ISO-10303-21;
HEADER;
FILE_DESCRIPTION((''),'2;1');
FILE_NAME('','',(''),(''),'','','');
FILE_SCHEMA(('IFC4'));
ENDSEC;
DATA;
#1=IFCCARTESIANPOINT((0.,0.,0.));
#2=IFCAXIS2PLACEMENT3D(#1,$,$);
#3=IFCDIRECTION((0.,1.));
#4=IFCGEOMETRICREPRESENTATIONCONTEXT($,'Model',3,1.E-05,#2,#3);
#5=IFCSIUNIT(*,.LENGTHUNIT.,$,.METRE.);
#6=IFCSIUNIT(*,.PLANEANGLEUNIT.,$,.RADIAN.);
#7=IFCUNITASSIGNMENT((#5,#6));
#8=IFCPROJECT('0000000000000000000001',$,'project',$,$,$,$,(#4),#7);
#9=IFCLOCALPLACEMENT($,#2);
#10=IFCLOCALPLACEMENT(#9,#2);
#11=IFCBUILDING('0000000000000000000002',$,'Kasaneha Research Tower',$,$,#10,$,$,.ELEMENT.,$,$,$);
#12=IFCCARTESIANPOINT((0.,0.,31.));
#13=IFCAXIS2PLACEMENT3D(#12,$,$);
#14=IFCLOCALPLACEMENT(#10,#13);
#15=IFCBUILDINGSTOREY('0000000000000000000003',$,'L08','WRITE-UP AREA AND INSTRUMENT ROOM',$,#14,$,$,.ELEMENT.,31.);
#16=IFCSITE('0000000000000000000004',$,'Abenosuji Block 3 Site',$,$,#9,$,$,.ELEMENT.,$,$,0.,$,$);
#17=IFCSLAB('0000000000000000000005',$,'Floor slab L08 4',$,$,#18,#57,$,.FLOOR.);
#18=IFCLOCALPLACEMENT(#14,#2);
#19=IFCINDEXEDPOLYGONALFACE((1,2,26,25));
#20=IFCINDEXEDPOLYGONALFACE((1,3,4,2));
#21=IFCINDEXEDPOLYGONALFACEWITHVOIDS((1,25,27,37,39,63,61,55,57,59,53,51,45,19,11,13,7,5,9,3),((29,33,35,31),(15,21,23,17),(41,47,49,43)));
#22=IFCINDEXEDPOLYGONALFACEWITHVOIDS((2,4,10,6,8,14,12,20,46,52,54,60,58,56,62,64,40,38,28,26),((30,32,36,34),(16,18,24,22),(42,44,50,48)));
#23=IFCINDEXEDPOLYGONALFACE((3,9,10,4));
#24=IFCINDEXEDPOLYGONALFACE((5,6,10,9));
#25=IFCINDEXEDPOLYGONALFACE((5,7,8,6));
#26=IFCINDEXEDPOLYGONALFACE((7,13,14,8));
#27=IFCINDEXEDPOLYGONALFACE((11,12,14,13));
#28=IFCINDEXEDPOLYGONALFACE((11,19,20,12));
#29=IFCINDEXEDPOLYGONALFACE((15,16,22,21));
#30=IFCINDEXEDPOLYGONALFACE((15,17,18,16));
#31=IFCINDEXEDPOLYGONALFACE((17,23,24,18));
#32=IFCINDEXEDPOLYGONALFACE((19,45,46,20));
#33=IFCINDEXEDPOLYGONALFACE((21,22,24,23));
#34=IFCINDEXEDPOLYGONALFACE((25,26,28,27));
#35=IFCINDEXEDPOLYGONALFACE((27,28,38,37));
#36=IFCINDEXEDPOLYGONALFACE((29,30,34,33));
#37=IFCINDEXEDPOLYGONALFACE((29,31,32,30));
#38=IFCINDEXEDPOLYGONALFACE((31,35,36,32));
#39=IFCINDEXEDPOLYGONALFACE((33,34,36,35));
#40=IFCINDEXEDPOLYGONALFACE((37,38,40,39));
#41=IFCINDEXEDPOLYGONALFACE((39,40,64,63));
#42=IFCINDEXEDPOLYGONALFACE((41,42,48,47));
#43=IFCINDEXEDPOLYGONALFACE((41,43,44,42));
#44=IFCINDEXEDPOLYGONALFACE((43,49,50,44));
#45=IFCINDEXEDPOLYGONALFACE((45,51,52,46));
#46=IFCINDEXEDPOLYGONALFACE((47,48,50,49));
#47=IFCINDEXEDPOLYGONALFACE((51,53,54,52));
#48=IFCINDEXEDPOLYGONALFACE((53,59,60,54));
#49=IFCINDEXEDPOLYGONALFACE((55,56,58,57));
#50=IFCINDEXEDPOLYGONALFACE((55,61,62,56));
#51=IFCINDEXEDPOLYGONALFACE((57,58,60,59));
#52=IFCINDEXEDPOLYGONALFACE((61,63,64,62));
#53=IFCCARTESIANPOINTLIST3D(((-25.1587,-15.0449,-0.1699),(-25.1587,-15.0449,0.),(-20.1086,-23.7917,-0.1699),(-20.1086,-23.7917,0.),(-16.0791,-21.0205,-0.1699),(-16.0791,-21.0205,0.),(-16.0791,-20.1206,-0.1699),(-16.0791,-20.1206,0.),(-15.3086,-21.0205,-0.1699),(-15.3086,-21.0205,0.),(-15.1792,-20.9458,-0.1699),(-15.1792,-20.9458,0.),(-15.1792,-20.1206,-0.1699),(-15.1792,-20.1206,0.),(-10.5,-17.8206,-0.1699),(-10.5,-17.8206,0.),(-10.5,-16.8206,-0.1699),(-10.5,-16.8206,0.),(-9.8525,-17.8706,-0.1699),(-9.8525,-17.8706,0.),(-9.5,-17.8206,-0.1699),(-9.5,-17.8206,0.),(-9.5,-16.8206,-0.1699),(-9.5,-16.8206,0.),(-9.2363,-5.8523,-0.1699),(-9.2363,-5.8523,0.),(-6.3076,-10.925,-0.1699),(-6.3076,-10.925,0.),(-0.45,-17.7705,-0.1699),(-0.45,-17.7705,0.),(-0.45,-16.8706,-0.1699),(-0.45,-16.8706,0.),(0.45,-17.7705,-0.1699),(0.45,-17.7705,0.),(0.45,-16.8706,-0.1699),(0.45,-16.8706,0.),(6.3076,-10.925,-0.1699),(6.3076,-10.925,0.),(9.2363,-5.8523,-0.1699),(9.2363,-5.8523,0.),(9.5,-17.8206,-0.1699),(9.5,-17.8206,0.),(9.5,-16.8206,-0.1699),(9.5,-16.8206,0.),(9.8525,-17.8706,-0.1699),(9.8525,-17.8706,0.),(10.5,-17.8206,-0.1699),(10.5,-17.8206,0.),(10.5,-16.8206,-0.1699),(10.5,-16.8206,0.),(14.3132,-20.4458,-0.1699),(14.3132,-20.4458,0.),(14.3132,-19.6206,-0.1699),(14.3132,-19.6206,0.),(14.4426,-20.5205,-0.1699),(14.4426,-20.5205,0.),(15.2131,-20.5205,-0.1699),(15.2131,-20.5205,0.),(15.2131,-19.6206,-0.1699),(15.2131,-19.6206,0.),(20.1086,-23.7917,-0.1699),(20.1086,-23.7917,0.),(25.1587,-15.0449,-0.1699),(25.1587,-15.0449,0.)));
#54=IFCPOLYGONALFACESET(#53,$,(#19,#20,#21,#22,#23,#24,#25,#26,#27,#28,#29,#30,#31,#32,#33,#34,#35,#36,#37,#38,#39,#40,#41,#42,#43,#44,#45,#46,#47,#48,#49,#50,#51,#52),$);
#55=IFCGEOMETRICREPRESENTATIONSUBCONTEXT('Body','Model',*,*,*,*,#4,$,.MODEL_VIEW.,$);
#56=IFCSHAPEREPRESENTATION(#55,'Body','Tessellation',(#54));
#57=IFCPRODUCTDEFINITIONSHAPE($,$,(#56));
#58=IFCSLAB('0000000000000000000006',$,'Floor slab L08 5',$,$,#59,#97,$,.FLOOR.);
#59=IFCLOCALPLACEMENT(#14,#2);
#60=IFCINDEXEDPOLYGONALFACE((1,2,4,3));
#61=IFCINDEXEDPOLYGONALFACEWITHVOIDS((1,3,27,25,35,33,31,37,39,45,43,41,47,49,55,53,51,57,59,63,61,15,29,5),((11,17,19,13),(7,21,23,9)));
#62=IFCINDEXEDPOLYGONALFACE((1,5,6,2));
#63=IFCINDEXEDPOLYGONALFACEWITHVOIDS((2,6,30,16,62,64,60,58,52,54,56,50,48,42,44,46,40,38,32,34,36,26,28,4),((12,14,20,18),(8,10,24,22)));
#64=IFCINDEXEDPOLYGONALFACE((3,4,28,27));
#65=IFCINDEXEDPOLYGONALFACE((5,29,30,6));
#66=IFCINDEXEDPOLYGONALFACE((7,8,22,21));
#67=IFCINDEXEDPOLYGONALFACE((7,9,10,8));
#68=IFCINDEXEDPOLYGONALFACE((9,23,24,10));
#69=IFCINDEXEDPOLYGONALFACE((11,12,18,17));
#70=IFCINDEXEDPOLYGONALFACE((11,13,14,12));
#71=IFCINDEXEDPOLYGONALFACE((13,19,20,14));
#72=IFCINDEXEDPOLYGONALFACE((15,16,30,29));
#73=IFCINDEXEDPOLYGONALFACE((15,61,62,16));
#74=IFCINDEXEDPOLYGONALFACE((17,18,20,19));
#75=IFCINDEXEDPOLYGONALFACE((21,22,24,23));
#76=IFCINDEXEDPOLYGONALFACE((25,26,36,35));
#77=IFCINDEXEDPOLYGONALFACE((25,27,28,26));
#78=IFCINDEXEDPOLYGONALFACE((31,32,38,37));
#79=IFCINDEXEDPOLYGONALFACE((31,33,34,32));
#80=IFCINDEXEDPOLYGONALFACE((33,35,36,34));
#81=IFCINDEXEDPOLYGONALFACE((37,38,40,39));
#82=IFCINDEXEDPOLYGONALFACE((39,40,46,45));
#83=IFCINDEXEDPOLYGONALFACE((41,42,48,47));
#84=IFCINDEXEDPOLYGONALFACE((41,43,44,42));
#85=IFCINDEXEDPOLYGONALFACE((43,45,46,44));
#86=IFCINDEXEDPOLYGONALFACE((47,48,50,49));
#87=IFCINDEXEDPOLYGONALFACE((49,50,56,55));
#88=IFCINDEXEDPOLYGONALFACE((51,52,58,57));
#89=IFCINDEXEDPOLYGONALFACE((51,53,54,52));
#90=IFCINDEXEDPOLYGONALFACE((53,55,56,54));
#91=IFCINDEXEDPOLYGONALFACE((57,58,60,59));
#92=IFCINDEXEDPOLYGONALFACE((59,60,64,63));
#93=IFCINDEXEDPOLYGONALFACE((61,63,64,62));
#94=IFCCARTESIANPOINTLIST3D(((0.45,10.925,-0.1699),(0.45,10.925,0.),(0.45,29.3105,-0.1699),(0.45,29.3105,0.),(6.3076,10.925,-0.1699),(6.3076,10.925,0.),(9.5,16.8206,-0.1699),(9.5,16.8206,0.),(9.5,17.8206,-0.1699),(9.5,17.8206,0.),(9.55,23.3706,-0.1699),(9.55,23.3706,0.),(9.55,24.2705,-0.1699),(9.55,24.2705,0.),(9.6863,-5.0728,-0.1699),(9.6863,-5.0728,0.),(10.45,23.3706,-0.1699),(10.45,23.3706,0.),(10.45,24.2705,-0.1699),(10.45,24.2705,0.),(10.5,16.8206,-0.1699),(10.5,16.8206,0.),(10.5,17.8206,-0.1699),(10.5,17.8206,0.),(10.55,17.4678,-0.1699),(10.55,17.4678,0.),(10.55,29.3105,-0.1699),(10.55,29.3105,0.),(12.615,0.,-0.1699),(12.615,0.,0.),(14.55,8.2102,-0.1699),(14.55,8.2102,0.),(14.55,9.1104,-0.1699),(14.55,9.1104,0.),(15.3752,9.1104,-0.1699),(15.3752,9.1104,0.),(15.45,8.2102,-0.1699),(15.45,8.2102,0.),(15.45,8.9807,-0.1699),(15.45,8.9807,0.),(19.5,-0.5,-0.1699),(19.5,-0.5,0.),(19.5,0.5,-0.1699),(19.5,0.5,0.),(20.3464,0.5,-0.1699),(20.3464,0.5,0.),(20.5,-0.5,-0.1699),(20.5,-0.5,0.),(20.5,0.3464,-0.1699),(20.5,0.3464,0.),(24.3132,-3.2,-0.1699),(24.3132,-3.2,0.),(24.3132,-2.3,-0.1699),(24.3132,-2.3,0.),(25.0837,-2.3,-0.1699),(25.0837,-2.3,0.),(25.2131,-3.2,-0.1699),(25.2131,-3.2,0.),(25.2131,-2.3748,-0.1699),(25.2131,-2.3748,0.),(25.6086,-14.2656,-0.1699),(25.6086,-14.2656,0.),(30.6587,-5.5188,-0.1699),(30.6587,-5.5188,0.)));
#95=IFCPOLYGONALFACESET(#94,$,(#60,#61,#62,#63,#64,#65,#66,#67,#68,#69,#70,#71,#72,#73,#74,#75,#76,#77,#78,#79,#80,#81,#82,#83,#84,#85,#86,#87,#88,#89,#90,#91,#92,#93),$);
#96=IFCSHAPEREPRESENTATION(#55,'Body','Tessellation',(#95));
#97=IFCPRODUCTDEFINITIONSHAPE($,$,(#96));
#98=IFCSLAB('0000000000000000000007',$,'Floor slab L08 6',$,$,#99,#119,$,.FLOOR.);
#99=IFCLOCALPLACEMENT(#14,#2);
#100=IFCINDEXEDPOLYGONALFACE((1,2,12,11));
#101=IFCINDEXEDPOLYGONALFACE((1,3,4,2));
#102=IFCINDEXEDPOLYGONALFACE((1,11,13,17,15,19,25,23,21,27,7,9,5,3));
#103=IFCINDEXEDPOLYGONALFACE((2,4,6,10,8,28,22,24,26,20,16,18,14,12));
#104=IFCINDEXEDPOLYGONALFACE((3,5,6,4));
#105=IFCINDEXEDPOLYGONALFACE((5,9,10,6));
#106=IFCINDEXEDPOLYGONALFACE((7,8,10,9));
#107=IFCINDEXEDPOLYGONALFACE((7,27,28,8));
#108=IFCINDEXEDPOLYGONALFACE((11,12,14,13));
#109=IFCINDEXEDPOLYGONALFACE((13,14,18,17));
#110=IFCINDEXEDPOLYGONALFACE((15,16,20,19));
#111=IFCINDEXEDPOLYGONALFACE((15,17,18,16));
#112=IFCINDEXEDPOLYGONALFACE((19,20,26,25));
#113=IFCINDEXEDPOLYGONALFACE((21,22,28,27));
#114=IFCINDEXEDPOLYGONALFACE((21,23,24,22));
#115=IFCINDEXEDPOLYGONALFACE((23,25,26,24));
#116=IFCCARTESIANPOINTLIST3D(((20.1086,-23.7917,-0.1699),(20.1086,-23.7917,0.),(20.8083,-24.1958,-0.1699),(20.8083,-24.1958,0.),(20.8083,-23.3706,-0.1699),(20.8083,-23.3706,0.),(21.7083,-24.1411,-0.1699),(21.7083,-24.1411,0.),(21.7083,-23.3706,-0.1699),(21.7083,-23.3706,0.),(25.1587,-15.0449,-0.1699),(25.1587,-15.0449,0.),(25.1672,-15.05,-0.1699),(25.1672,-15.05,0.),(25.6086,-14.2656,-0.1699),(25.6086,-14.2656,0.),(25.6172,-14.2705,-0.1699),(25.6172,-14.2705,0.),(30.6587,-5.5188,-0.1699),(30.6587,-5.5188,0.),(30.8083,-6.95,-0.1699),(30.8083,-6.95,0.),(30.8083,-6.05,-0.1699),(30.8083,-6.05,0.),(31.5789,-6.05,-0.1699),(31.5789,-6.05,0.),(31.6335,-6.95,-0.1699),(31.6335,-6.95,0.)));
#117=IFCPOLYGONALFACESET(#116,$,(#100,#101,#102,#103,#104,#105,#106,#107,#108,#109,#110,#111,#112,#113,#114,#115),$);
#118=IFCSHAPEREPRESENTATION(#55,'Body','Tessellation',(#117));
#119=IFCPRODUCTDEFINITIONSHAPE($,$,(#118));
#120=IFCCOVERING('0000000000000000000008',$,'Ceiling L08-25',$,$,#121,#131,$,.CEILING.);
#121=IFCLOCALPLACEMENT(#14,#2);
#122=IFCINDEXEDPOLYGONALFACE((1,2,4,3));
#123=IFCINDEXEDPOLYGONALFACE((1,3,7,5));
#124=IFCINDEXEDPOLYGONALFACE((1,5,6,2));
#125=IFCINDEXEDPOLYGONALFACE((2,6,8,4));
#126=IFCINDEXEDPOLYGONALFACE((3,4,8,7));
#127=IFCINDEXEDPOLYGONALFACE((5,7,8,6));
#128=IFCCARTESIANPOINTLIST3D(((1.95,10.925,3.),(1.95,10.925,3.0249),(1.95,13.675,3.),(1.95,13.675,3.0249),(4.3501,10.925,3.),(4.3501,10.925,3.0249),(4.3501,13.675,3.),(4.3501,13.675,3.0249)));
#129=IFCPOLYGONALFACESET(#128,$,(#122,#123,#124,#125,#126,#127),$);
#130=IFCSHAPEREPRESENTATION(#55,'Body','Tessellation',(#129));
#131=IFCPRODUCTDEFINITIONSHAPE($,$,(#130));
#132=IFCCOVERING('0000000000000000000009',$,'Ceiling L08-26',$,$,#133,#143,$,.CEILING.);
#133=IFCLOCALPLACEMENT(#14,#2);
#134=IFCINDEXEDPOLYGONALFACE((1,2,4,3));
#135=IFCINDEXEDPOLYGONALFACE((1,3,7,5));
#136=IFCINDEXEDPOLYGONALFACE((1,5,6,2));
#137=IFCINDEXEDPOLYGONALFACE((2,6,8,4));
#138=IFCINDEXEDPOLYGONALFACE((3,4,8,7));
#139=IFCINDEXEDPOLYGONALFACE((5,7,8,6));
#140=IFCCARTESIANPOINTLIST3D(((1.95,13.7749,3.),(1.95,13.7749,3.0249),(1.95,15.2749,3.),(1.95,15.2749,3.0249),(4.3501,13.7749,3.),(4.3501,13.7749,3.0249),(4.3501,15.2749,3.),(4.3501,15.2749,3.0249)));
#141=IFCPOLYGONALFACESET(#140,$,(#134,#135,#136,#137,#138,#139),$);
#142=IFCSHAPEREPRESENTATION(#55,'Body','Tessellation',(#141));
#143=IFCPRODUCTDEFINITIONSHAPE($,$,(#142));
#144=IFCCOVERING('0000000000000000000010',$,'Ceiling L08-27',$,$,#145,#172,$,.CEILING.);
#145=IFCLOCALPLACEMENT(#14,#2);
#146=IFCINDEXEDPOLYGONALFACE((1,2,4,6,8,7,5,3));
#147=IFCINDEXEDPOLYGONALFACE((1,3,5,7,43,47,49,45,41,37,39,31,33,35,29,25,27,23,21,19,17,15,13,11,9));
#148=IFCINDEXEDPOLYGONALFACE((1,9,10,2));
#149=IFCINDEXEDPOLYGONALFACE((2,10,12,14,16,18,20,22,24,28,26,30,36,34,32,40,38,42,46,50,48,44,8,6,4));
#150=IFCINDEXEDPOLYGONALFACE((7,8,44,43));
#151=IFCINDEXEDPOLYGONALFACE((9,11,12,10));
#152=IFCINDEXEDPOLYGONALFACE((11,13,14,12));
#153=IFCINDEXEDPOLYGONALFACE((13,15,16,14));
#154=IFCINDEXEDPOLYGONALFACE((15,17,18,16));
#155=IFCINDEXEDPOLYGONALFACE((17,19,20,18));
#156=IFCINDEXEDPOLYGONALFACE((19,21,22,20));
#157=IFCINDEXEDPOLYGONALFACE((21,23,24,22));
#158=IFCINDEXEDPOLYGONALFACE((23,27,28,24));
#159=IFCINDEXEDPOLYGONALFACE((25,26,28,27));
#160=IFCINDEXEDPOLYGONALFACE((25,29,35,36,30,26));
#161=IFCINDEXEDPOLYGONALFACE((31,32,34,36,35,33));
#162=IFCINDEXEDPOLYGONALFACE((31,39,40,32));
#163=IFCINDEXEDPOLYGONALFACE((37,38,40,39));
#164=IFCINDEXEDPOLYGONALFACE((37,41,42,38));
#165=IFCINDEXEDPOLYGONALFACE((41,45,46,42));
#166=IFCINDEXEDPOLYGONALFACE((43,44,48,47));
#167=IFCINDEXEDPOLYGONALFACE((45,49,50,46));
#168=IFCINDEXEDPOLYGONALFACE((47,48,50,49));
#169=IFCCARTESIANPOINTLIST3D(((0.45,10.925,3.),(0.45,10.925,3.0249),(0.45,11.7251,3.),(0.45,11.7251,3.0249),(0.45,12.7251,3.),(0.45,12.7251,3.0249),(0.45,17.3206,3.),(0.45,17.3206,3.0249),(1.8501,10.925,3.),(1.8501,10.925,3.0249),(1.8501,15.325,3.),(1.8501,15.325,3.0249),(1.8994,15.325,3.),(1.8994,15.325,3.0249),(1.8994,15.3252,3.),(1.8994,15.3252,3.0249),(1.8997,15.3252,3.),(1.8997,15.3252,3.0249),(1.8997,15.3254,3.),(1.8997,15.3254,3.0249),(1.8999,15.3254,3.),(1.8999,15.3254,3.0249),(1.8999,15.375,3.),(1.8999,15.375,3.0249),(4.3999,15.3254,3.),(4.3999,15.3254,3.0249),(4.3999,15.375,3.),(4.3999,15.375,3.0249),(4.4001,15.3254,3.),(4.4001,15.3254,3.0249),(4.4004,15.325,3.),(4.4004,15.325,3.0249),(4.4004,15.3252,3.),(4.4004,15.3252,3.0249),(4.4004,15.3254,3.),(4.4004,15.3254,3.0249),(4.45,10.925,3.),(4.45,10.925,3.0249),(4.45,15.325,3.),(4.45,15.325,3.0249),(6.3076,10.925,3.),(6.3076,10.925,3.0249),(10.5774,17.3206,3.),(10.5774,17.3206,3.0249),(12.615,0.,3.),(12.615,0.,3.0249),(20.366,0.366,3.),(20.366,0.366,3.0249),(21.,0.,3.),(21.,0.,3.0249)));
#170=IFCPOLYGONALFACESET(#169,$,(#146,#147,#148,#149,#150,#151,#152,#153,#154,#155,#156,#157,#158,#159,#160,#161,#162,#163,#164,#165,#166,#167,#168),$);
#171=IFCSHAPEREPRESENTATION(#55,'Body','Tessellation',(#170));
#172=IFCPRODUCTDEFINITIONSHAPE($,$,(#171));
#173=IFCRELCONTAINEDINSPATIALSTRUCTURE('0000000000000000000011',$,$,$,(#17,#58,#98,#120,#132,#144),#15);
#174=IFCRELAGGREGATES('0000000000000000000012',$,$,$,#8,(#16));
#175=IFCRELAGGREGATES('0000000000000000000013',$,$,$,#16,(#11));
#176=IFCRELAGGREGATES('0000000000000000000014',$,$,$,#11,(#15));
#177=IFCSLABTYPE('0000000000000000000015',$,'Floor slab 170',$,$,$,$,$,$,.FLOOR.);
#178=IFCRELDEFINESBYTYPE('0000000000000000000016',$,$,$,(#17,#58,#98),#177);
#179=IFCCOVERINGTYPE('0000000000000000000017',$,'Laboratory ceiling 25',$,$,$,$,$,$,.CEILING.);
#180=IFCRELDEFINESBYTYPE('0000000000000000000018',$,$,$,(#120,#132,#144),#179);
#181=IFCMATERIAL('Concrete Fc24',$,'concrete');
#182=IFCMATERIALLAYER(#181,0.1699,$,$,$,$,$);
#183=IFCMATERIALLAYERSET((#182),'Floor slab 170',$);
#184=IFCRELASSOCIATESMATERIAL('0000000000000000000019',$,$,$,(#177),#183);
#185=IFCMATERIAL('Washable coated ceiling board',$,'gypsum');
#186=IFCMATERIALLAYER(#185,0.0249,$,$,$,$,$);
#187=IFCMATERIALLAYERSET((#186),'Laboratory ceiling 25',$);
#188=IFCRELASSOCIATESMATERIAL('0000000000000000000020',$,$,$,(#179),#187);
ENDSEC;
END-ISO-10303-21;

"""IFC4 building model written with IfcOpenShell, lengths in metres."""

from ifc_helpers import new_model, si_unit, direction, frame, origin, place, context, subcontext, project, spatial, polyline, outline, extrude, material, layer, layer_set, type_object, element, save


model = new_model("IFC4")

# Units and contexts
model_context = context("Model", 3, precision=1e-05, world=origin(), true_north=direction((0.0, 1.0)))
body_context = subcontext(model_context, "Body", "Model", "MODEL_VIEW")
ifc_project = project(units=[si_unit("LENGTHUNIT", "METRE"), si_unit("PLANEANGLEUNIT", "RADIAN")], contexts=[model_context])

# Site, building, storey
site_placement = place(None, origin())
site = spatial("IfcSite", under=ifc_project, at=site_placement, Name="Abenosuji Block 3 Site", CompositionType="ELEMENT", RefElevation=0.0)
building_placement = place(site_placement, origin())
building = spatial("IfcBuilding", under=site, at=building_placement, Name="Kasaneha Research Tower", CompositionType="ELEMENT")
storey_placement = place(building_placement, frame((0.0, 0.0, 31.0)))
storey = spatial("IfcBuildingStorey", under=building, at=storey_placement, Name="L08", Description="WRITE-UP AREA AND INSTRUMENT ROOM", CompositionType="ELEMENT", Elevation=31.0)

# Slabs
ifc_material_1 = material(Name="Concrete Fc24", Category="concrete")
ifc_layer_1 = layer(ifc_material_1, 0.1699)
ifc_layer_set_1 = layer_set([ifc_layer_1], Name="Floor slab 170")
slab_type_1 = type_object("IfcSlabType", Name="Floor slab 170", PredefinedType="FLOOR", material=ifc_layer_set_1)
slab_1_placement = place(storey_placement, frame((0.0, 0.0, -0.1699)))
element("IfcSlab", 1, at=slab_1_placement, inside=storey, type_object=slab_type_1, Name="Floor slab L08 4", PredefinedType="FLOOR", context=body_context, shape_type="SweptSolid", body=[
    extrude(outline(polyline([(-6.3076, -10.925), (6.3076, -10.925), (9.2363, -5.8523), (25.1587, -15.0449), (20.1086, -23.7917), (14.4426, -20.5205), (15.2131, -20.5205), (15.2131, -19.6206), (14.3132, -19.6206), (14.3132, -20.4458), (9.8525, -17.8706), (-9.8525, -17.8706), (-15.1792, -20.9458), (-15.1792, -20.1206), (-16.0791, -20.1206), (-16.0791, -21.0205), (-15.3086, -21.0205), (-20.1086, -23.7917), (-25.1587, -15.0449), (-9.2363, -5.8523), (-6.3076, -10.925)]), holes=[polyline([(-0.45, -17.7705), (0.45, -17.7705), (0.45, -16.8706), (-0.45, -16.8706), (-0.45, -17.7705)]), polyline([(-9.5, -17.8206), (-9.5, -16.8206), (-10.5, -16.8206), (-10.5, -17.8206), (-9.5, -17.8206)]), polyline([(10.5, -17.8206), (10.5, -16.8206), (9.5, -16.8206), (9.5, -17.8206), (10.5, -17.8206)])]), origin(), (0.0, 0.0, 1.0), 0.1699),
])
slab_2_placement = place(storey_placement, frame((0.0, 0.0, -0.1699)))
element("IfcSlab", 2, at=slab_2_placement, inside=storey, type_object=slab_type_1, Name="Floor slab L08 5", PredefinedType="FLOOR", context=body_context, shape_type="SweptSolid", body=[
    extrude(outline(polyline([(9.6863, -5.0728), (12.615, 0.0), (6.3076, 10.925), (0.45, 10.925), (0.45, 29.3105), (10.55, 29.3105), (10.55, 17.4678), (15.3752, 9.1104), (14.55, 9.1104), (14.55, 8.2102), (15.45, 8.2102), (15.45, 8.9807), (20.3464, 0.5), (19.5, 0.5), (19.5, -0.5), (20.5, -0.5), (20.5, 0.3464), (25.0837, -2.3), (24.3132, -2.3), (24.3132, -3.2), (25.2131, -3.2), (25.2131, -2.3748), (30.6587, -5.5188), (25.6086, -14.2656), (9.6863, -5.0728)]), holes=[polyline([(9.5, 16.8206), (10.5, 16.8206), (10.5, 17.8206), (9.5, 17.8206), (9.5, 16.8206)]), polyline([(9.55, 23.3706), (10.45, 23.3706), (10.45, 24.2705), (9.55, 24.2705), (9.55, 23.3706)])]), origin(), (0.0, 0.0, 1.0), 0.1699),
])
slab_3_placement = place(storey_placement, frame((0.0, 0.0, -0.1699)))
element("IfcSlab", 3, at=slab_3_placement, inside=storey, type_object=slab_type_1, Name="Floor slab L08 6", PredefinedType="FLOOR", context=body_context, shape_type="SweptSolid", body=[
    extrude(outline(polyline([(25.1672, -15.05), (25.6172, -14.2705), (25.6086, -14.2656), (30.6587, -5.5188), (31.5789, -6.05), (30.8083, -6.05), (30.8083, -6.95), (31.6335, -6.95), (21.7083, -24.1411), (21.7083, -23.3706), (20.8083, -23.3706), (20.8083, -24.1958), (20.1086, -23.7917), (25.1587, -15.0449), (25.1672, -15.05)])), origin(), (0.0, 0.0, 1.0), 0.1699),
])

# Coverings
ifc_material_2 = material(Name="Washable coated ceiling board", Category="gypsum")
ifc_layer_2 = layer(ifc_material_2, 0.0249)
ifc_layer_set_2 = layer_set([ifc_layer_2], Name="Laboratory ceiling 25")
covering_type_1 = type_object("IfcCoveringType", Name="Laboratory ceiling 25", PredefinedType="CEILING", material=ifc_layer_set_2)
covering_1_placement = place(storey_placement, frame((0.0, 0.0, 3.0)))
element("IfcCovering", 4, at=covering_1_placement, inside=storey, type_object=covering_type_1, Name="Ceiling L08-25", PredefinedType="CEILING", context=body_context, shape_type="SweptSolid", body=[
    extrude(outline(polyline([(1.95, 10.925), (1.95, 13.675), (4.3501, 13.675), (4.3501, 10.925), (1.95, 10.925)])), origin(), (0.0, 0.0, 1.0), 0.0249),
])
covering_2_placement = place(storey_placement, frame((0.0, 0.0, 3.0)))
element("IfcCovering", 5, at=covering_2_placement, inside=storey, type_object=covering_type_1, Name="Ceiling L08-26", PredefinedType="CEILING", context=body_context, shape_type="SweptSolid", body=[
    extrude(outline(polyline([(1.95, 15.2749), (4.3501, 15.2749), (4.3501, 13.7749), (1.95, 13.7749), (1.95, 15.2749)])), origin(), (0.0, 0.0, 1.0), 0.0249),
])
covering_3_placement = place(storey_placement, frame((0.0, 0.0, 3.0)))
element("IfcCovering", 6, at=covering_3_placement, inside=storey, type_object=covering_type_1, Name="Ceiling L08-27", PredefinedType="CEILING", context=body_context, shape_type="SweptSolid", body=[
    extrude(outline(polyline([(12.615, 0.0), (6.3076, 10.925), (4.4004, 10.925), (4.4004, 10.925), (4.45, 10.925), (4.45, 15.325), (4.4004, 15.325), (4.4004, 15.325), (4.4004, 15.3252), (4.4004, 15.3252), (4.4004, 15.3252), (4.4004, 15.3252), (4.4004, 15.3252), (4.4004, 15.3254), (4.4004, 15.3254), (4.4004, 15.3254), (4.4004, 15.3254), (4.4001, 15.3254), (4.4001, 15.3254), (4.4001, 15.3254), (4.4001, 15.3254), (4.4001, 15.3254), (4.3999, 15.3254), (4.3999, 15.375), (1.8999, 15.375), (1.8999, 15.3254), (1.8999, 15.3254), (1.8999, 15.3254), (1.8999, 15.3254), (1.8999, 15.3254), (1.8997, 15.3254), (1.8997, 15.3254), (1.8997, 15.3254), (1.8997, 15.3254), (1.8997, 15.3254), (1.8997, 15.3252), (1.8997, 15.3252), (1.8997, 15.3252), (1.8994, 15.3252), (1.8994, 15.3252), (1.8994, 15.325), (1.8994, 15.325), (1.8501, 15.325), (1.8501, 10.925), (0.45, 10.925), (0.45, 11.7251), (0.45, 12.7251), (0.45, 17.3206), (10.5774, 17.3206), (20.366, 0.366), (21.0, 0.0), (12.615, 0.0)])), origin(), (0.0, 0.0, 1.0), 0.0249),
])

save(model, "model.ifc")
